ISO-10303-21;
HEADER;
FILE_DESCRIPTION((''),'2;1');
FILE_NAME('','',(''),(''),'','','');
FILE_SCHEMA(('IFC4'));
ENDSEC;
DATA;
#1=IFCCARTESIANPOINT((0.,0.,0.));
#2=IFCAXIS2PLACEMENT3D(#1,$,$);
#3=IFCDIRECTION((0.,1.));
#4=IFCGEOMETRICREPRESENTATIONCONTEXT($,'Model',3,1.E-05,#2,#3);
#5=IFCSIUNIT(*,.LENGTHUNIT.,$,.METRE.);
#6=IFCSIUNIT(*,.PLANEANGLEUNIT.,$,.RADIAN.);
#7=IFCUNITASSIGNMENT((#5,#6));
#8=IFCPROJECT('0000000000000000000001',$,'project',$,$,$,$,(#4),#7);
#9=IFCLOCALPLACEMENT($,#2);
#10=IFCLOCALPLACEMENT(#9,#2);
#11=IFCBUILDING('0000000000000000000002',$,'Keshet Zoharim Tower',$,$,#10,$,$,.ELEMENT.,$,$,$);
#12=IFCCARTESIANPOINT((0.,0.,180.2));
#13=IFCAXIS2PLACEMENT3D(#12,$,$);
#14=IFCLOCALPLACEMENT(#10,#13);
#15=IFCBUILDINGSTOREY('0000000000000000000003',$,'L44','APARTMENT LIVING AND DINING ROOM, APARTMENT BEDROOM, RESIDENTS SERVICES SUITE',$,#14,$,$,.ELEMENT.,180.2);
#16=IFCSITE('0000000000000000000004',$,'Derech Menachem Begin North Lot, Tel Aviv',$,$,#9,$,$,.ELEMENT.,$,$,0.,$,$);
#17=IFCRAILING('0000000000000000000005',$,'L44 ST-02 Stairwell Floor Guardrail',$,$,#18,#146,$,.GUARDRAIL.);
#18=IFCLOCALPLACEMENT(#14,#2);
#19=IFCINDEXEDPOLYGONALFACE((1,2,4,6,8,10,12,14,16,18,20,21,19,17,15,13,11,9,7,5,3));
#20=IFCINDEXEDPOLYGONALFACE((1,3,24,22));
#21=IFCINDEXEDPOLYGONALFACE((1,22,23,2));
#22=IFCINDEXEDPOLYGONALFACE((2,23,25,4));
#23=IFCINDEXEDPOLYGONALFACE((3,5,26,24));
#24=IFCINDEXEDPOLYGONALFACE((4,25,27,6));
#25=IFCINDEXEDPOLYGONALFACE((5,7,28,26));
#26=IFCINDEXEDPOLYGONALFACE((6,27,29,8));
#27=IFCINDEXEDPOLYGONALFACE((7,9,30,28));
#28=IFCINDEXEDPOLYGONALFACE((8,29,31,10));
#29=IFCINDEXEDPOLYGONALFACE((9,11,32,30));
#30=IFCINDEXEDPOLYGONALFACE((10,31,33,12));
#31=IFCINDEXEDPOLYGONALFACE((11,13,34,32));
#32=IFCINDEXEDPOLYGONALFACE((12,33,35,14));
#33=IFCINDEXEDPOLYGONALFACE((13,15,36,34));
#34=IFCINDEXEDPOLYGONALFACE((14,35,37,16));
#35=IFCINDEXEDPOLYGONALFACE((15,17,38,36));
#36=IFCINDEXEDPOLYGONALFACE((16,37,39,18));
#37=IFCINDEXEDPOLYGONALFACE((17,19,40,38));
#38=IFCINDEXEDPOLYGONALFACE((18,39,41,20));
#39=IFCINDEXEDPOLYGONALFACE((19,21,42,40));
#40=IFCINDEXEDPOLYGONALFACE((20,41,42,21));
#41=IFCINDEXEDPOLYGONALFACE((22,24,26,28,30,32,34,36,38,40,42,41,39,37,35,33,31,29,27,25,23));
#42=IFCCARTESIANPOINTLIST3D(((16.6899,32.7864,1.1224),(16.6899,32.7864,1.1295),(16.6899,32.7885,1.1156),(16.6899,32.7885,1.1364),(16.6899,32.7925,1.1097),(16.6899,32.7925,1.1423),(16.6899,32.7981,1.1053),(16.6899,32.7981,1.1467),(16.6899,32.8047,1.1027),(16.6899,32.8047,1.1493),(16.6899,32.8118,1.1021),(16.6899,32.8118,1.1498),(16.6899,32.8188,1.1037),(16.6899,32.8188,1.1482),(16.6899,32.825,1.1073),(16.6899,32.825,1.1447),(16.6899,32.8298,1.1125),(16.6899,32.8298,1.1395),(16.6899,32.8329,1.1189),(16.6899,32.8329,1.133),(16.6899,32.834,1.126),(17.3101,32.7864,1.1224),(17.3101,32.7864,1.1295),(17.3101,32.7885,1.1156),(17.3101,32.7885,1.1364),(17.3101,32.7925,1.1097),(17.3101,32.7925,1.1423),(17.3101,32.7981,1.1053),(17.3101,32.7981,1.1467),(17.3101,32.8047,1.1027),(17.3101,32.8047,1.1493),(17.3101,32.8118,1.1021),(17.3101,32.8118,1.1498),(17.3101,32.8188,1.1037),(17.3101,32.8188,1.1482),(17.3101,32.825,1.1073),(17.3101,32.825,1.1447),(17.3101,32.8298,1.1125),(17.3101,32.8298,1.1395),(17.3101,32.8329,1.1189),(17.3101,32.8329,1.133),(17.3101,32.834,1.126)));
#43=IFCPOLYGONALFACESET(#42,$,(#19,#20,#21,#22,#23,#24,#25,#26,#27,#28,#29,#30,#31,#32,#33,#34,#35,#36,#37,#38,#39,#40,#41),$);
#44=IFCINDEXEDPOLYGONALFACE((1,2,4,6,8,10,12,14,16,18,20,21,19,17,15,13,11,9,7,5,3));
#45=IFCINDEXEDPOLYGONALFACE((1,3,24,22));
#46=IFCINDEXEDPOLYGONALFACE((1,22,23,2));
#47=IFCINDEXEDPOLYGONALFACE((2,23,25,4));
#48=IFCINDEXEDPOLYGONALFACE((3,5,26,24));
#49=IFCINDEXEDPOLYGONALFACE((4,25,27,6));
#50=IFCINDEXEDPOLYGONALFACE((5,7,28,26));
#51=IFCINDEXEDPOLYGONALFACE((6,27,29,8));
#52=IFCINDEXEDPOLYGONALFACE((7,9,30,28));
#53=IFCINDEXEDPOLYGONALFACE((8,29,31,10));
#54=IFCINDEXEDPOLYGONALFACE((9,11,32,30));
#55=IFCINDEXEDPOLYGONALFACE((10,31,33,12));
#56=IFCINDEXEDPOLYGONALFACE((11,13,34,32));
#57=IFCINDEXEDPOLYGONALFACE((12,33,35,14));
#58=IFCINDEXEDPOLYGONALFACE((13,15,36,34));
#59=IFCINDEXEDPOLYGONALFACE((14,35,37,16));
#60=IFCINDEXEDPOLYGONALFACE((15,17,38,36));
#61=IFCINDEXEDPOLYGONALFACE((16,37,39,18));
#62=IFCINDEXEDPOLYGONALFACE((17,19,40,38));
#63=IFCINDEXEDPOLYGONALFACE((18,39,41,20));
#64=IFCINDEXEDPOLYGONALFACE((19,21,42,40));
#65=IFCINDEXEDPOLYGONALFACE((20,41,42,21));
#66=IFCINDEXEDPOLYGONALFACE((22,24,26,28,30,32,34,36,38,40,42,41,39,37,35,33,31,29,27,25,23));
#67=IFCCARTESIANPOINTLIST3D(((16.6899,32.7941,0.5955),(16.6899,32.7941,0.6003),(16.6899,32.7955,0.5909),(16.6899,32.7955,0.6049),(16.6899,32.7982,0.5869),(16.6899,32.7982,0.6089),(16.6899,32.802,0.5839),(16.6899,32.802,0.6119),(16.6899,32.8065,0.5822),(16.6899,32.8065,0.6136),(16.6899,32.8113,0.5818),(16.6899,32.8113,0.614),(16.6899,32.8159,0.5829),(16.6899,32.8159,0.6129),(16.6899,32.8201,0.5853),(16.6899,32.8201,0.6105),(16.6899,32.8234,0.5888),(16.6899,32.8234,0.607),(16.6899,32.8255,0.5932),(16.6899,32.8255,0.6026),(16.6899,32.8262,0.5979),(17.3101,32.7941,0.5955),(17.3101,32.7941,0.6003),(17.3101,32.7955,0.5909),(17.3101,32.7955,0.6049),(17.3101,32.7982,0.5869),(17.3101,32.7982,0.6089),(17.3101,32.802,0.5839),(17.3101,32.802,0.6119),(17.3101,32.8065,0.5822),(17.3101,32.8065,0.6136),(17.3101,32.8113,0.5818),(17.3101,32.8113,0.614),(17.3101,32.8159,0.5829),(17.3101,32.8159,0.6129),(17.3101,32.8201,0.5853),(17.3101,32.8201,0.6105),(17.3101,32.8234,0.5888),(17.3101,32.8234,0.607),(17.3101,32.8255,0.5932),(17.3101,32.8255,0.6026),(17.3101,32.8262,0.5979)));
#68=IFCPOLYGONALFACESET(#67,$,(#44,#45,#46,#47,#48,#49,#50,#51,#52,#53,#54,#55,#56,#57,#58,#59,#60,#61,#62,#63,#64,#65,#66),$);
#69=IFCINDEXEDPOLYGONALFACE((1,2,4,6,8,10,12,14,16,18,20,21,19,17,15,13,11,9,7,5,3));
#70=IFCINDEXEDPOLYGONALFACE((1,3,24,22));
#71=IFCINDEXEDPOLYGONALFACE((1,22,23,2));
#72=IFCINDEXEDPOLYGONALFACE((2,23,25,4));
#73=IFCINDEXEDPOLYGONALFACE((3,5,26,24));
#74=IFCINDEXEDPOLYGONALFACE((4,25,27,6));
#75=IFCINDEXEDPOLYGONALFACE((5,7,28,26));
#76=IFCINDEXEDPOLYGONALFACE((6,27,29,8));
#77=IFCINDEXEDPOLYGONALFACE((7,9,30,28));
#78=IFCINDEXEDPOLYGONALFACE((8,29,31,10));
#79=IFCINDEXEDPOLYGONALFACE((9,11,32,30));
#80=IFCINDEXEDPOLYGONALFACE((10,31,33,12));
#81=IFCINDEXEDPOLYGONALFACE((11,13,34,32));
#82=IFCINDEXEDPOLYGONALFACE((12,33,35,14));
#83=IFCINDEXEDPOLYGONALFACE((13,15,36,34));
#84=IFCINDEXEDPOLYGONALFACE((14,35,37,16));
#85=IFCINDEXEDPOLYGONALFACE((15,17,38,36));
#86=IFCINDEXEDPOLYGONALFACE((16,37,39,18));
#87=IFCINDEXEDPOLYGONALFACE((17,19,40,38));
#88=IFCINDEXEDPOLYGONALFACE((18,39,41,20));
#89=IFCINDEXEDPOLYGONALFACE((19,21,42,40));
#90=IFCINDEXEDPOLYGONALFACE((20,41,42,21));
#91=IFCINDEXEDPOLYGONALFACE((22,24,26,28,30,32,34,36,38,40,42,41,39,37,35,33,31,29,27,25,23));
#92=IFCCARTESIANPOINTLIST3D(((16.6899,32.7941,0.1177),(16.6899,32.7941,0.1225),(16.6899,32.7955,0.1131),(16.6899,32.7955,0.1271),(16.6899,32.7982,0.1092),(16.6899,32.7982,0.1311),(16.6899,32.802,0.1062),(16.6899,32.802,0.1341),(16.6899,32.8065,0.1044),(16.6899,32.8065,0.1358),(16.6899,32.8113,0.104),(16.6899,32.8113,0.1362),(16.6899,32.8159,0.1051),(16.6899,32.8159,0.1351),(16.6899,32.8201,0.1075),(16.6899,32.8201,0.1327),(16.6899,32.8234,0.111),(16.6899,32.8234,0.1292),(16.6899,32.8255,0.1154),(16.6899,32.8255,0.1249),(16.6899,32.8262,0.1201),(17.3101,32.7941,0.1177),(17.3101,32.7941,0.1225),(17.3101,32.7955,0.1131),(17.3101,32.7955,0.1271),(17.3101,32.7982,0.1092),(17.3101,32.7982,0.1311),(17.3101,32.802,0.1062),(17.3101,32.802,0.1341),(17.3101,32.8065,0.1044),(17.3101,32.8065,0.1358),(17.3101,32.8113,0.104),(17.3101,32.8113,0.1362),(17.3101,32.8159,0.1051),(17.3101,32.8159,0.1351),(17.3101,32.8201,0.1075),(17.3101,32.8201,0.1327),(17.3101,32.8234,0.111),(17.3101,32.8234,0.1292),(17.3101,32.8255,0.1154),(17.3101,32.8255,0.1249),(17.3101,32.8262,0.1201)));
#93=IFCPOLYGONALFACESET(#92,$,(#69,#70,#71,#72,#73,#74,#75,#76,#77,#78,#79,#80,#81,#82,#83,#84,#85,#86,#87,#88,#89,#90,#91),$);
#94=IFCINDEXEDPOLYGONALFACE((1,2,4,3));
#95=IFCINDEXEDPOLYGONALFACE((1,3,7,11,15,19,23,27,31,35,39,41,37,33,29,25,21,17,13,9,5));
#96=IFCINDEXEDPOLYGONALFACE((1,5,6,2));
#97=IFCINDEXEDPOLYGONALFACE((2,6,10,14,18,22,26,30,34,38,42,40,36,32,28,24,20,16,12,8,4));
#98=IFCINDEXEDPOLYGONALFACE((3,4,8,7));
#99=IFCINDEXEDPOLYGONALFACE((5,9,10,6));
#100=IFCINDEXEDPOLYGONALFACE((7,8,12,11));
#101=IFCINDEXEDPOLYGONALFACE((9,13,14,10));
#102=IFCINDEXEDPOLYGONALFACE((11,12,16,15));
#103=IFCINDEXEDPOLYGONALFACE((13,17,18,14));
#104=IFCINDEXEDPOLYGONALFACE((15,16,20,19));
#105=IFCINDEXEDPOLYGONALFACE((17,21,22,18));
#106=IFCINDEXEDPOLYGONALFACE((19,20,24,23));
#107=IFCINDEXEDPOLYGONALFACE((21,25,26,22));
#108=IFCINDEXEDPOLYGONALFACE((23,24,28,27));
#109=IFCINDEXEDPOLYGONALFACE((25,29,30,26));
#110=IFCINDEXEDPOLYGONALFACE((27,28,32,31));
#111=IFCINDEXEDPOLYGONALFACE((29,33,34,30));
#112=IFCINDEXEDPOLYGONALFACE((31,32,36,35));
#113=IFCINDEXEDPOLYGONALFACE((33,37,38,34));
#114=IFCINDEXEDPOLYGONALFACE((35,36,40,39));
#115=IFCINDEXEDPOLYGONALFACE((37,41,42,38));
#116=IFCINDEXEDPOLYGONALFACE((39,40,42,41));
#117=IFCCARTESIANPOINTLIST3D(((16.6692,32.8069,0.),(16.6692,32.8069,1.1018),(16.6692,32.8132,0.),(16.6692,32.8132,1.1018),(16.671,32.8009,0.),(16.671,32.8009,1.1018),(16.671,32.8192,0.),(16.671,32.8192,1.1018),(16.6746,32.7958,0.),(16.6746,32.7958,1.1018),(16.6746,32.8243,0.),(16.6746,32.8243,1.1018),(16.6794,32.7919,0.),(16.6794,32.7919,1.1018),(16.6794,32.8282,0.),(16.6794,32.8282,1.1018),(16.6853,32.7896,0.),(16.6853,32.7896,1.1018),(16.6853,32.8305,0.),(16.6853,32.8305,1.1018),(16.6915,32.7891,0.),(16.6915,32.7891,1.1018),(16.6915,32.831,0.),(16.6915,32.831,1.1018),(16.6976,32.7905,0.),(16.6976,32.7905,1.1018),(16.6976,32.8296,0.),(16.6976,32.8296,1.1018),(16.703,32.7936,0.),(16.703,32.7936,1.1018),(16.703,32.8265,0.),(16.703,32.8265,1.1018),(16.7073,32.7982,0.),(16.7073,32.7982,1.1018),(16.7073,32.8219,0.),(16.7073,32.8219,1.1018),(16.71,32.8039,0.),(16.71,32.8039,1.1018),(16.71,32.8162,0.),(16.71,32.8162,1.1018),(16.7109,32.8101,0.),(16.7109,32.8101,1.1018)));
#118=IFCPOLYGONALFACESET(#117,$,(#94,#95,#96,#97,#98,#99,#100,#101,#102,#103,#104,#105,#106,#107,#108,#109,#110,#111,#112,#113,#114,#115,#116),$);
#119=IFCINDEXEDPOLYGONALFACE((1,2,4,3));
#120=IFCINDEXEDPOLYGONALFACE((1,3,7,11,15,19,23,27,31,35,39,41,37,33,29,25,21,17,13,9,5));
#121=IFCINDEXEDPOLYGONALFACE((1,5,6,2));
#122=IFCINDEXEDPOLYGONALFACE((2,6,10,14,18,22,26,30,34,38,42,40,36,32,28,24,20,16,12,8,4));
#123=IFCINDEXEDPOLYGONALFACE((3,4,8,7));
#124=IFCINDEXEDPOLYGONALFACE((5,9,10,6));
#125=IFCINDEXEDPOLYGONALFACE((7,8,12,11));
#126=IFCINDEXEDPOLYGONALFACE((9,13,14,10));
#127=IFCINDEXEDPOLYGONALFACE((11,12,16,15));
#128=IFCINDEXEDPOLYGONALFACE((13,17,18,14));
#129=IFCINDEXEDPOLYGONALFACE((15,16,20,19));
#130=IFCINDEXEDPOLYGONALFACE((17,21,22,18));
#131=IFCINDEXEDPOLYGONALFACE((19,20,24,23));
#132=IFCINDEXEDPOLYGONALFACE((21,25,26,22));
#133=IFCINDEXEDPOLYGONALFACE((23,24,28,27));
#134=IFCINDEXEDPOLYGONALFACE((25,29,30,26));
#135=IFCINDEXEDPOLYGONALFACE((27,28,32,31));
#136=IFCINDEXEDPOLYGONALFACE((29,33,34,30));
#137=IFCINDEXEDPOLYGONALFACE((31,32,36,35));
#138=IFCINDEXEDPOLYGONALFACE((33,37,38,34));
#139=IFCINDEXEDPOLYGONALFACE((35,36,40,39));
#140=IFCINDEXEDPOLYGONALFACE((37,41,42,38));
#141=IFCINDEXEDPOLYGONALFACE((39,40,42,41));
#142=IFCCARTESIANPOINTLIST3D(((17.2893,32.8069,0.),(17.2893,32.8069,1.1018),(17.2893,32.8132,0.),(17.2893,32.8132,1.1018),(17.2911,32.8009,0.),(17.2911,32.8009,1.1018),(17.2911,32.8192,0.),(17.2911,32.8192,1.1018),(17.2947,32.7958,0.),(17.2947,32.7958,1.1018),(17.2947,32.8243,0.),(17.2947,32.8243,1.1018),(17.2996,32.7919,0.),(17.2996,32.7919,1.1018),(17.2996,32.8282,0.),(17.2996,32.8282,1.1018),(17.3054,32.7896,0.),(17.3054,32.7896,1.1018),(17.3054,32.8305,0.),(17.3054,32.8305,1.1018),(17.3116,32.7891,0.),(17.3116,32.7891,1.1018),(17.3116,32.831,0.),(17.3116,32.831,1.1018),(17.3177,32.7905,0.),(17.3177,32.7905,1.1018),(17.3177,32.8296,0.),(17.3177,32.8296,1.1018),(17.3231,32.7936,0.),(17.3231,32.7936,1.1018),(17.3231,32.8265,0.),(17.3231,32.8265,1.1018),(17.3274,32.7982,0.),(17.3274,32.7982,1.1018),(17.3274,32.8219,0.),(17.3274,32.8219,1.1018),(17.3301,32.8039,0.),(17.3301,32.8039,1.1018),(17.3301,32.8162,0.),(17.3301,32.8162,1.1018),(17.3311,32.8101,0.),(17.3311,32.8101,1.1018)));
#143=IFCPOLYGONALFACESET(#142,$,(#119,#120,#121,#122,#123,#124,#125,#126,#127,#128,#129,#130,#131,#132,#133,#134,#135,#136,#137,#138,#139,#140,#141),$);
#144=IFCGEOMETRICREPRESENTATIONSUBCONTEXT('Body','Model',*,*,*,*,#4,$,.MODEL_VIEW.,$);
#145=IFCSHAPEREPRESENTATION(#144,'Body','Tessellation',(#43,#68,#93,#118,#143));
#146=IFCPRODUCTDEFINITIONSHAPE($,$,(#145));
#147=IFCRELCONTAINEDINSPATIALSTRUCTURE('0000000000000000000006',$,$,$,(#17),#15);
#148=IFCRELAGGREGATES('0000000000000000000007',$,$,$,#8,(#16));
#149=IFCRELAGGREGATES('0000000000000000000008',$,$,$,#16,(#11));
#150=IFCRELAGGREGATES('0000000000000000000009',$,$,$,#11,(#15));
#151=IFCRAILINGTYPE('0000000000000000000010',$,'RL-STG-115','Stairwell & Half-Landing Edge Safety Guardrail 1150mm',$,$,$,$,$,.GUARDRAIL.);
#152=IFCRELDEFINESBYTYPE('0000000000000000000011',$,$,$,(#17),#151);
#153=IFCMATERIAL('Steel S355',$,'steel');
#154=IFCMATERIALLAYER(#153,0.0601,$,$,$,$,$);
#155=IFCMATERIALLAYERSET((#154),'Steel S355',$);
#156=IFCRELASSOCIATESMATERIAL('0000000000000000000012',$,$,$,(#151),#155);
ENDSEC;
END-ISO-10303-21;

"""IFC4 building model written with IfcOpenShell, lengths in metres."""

from ifc_helpers import new_model, si_unit, direction, frame, origin, origin_2d, place, context, subcontext, project, spatial, circle, extrude, material, layer, layer_set, type_object, element, save


model = new_model("IFC4")

# Units and contexts
model_context = context("Model", 3, precision=1e-05, world=origin(), true_north=direction((0.0, 1.0)))
body_context = subcontext(model_context, "Body", "Model", "MODEL_VIEW")
ifc_project = project(units=[si_unit("LENGTHUNIT", "METRE"), si_unit("PLANEANGLEUNIT", "RADIAN")], contexts=[model_context])

# Site, building, storey
site_placement = place(None, origin())
site = spatial("IfcSite", under=ifc_project, at=site_placement, Name="Derech Menachem Begin North Lot, Tel Aviv", CompositionType="ELEMENT", RefElevation=0.0)
building_placement = place(site_placement, origin())
building = spatial("IfcBuilding", under=site, at=building_placement, Name="Keshet Zoharim Tower", CompositionType="ELEMENT")
storey_placement = place(building_placement, frame((0.0, 0.0, 180.2)))
storey = spatial("IfcBuildingStorey", under=building, at=storey_placement, Name="L44", Description="APARTMENT LIVING AND DINING ROOM, APARTMENT BEDROOM, RESIDENTS SERVICES SUITE", CompositionType="ELEMENT", Elevation=180.2)

# Shared definitions
ifc_material_1 = material(Name="Steel S355", Category="steel")

# Railing
ifc_layer_1 = layer(ifc_material_1, 0.0601)
ifc_layer_set_1 = layer_set([ifc_layer_1], Name="Steel S355")
railing_type_1 = type_object("IfcRailingType", Name="RL-STG-115", Description="Stairwell & Half-Landing Edge Safety Guardrail 1150mm", PredefinedType="GUARDRAIL", material=ifc_layer_set_1)
railing_1_placement = place(storey_placement, frame((16.6899, 32.8101, 0.0)))
element("IfcRailing", 1, at=railing_1_placement, inside=storey, type_object=railing_type_1, Name="L44 ST-02 Stairwell Floor Guardrail", PredefinedType="GUARDRAIL", context=body_context, shape_type="SweptSolid", body=[
    extrude(circle(Radius=0.0239, at=origin_2d()), frame((0.0, 0.0, 1.126), z_axis=(1.0, 0.0, 0.0), x_axis=(0.0, 1.0, 0.0)), (0.0, 0.0, 1.0), 0.6201),
    extrude(circle(Radius=0.0161, at=origin_2d()), frame((0.0, 0.0, 0.5979), z_axis=(1.0, 0.0, 0.0), x_axis=(0.0, 1.0, 0.0)), (0.0, 0.0, 1.0), 0.6201),
    extrude(circle(Radius=0.0161, at=origin_2d()), frame((0.0, 0.0, 0.1201), z_axis=(1.0, 0.0, 0.0), x_axis=(0.0, 1.0, 0.0)), (0.0, 0.0, 1.0), 0.6201),
    extrude(circle(Radius=0.021, at=origin_2d()), origin(), (0.0, 0.0, 1.0), 1.1018),
    extrude(circle(Radius=0.021, at=origin_2d()), frame((0.6201, 0.0, 0.0)), (0.0, 0.0, 1.0), 1.1018),
])

save(model, "model.ifc")
